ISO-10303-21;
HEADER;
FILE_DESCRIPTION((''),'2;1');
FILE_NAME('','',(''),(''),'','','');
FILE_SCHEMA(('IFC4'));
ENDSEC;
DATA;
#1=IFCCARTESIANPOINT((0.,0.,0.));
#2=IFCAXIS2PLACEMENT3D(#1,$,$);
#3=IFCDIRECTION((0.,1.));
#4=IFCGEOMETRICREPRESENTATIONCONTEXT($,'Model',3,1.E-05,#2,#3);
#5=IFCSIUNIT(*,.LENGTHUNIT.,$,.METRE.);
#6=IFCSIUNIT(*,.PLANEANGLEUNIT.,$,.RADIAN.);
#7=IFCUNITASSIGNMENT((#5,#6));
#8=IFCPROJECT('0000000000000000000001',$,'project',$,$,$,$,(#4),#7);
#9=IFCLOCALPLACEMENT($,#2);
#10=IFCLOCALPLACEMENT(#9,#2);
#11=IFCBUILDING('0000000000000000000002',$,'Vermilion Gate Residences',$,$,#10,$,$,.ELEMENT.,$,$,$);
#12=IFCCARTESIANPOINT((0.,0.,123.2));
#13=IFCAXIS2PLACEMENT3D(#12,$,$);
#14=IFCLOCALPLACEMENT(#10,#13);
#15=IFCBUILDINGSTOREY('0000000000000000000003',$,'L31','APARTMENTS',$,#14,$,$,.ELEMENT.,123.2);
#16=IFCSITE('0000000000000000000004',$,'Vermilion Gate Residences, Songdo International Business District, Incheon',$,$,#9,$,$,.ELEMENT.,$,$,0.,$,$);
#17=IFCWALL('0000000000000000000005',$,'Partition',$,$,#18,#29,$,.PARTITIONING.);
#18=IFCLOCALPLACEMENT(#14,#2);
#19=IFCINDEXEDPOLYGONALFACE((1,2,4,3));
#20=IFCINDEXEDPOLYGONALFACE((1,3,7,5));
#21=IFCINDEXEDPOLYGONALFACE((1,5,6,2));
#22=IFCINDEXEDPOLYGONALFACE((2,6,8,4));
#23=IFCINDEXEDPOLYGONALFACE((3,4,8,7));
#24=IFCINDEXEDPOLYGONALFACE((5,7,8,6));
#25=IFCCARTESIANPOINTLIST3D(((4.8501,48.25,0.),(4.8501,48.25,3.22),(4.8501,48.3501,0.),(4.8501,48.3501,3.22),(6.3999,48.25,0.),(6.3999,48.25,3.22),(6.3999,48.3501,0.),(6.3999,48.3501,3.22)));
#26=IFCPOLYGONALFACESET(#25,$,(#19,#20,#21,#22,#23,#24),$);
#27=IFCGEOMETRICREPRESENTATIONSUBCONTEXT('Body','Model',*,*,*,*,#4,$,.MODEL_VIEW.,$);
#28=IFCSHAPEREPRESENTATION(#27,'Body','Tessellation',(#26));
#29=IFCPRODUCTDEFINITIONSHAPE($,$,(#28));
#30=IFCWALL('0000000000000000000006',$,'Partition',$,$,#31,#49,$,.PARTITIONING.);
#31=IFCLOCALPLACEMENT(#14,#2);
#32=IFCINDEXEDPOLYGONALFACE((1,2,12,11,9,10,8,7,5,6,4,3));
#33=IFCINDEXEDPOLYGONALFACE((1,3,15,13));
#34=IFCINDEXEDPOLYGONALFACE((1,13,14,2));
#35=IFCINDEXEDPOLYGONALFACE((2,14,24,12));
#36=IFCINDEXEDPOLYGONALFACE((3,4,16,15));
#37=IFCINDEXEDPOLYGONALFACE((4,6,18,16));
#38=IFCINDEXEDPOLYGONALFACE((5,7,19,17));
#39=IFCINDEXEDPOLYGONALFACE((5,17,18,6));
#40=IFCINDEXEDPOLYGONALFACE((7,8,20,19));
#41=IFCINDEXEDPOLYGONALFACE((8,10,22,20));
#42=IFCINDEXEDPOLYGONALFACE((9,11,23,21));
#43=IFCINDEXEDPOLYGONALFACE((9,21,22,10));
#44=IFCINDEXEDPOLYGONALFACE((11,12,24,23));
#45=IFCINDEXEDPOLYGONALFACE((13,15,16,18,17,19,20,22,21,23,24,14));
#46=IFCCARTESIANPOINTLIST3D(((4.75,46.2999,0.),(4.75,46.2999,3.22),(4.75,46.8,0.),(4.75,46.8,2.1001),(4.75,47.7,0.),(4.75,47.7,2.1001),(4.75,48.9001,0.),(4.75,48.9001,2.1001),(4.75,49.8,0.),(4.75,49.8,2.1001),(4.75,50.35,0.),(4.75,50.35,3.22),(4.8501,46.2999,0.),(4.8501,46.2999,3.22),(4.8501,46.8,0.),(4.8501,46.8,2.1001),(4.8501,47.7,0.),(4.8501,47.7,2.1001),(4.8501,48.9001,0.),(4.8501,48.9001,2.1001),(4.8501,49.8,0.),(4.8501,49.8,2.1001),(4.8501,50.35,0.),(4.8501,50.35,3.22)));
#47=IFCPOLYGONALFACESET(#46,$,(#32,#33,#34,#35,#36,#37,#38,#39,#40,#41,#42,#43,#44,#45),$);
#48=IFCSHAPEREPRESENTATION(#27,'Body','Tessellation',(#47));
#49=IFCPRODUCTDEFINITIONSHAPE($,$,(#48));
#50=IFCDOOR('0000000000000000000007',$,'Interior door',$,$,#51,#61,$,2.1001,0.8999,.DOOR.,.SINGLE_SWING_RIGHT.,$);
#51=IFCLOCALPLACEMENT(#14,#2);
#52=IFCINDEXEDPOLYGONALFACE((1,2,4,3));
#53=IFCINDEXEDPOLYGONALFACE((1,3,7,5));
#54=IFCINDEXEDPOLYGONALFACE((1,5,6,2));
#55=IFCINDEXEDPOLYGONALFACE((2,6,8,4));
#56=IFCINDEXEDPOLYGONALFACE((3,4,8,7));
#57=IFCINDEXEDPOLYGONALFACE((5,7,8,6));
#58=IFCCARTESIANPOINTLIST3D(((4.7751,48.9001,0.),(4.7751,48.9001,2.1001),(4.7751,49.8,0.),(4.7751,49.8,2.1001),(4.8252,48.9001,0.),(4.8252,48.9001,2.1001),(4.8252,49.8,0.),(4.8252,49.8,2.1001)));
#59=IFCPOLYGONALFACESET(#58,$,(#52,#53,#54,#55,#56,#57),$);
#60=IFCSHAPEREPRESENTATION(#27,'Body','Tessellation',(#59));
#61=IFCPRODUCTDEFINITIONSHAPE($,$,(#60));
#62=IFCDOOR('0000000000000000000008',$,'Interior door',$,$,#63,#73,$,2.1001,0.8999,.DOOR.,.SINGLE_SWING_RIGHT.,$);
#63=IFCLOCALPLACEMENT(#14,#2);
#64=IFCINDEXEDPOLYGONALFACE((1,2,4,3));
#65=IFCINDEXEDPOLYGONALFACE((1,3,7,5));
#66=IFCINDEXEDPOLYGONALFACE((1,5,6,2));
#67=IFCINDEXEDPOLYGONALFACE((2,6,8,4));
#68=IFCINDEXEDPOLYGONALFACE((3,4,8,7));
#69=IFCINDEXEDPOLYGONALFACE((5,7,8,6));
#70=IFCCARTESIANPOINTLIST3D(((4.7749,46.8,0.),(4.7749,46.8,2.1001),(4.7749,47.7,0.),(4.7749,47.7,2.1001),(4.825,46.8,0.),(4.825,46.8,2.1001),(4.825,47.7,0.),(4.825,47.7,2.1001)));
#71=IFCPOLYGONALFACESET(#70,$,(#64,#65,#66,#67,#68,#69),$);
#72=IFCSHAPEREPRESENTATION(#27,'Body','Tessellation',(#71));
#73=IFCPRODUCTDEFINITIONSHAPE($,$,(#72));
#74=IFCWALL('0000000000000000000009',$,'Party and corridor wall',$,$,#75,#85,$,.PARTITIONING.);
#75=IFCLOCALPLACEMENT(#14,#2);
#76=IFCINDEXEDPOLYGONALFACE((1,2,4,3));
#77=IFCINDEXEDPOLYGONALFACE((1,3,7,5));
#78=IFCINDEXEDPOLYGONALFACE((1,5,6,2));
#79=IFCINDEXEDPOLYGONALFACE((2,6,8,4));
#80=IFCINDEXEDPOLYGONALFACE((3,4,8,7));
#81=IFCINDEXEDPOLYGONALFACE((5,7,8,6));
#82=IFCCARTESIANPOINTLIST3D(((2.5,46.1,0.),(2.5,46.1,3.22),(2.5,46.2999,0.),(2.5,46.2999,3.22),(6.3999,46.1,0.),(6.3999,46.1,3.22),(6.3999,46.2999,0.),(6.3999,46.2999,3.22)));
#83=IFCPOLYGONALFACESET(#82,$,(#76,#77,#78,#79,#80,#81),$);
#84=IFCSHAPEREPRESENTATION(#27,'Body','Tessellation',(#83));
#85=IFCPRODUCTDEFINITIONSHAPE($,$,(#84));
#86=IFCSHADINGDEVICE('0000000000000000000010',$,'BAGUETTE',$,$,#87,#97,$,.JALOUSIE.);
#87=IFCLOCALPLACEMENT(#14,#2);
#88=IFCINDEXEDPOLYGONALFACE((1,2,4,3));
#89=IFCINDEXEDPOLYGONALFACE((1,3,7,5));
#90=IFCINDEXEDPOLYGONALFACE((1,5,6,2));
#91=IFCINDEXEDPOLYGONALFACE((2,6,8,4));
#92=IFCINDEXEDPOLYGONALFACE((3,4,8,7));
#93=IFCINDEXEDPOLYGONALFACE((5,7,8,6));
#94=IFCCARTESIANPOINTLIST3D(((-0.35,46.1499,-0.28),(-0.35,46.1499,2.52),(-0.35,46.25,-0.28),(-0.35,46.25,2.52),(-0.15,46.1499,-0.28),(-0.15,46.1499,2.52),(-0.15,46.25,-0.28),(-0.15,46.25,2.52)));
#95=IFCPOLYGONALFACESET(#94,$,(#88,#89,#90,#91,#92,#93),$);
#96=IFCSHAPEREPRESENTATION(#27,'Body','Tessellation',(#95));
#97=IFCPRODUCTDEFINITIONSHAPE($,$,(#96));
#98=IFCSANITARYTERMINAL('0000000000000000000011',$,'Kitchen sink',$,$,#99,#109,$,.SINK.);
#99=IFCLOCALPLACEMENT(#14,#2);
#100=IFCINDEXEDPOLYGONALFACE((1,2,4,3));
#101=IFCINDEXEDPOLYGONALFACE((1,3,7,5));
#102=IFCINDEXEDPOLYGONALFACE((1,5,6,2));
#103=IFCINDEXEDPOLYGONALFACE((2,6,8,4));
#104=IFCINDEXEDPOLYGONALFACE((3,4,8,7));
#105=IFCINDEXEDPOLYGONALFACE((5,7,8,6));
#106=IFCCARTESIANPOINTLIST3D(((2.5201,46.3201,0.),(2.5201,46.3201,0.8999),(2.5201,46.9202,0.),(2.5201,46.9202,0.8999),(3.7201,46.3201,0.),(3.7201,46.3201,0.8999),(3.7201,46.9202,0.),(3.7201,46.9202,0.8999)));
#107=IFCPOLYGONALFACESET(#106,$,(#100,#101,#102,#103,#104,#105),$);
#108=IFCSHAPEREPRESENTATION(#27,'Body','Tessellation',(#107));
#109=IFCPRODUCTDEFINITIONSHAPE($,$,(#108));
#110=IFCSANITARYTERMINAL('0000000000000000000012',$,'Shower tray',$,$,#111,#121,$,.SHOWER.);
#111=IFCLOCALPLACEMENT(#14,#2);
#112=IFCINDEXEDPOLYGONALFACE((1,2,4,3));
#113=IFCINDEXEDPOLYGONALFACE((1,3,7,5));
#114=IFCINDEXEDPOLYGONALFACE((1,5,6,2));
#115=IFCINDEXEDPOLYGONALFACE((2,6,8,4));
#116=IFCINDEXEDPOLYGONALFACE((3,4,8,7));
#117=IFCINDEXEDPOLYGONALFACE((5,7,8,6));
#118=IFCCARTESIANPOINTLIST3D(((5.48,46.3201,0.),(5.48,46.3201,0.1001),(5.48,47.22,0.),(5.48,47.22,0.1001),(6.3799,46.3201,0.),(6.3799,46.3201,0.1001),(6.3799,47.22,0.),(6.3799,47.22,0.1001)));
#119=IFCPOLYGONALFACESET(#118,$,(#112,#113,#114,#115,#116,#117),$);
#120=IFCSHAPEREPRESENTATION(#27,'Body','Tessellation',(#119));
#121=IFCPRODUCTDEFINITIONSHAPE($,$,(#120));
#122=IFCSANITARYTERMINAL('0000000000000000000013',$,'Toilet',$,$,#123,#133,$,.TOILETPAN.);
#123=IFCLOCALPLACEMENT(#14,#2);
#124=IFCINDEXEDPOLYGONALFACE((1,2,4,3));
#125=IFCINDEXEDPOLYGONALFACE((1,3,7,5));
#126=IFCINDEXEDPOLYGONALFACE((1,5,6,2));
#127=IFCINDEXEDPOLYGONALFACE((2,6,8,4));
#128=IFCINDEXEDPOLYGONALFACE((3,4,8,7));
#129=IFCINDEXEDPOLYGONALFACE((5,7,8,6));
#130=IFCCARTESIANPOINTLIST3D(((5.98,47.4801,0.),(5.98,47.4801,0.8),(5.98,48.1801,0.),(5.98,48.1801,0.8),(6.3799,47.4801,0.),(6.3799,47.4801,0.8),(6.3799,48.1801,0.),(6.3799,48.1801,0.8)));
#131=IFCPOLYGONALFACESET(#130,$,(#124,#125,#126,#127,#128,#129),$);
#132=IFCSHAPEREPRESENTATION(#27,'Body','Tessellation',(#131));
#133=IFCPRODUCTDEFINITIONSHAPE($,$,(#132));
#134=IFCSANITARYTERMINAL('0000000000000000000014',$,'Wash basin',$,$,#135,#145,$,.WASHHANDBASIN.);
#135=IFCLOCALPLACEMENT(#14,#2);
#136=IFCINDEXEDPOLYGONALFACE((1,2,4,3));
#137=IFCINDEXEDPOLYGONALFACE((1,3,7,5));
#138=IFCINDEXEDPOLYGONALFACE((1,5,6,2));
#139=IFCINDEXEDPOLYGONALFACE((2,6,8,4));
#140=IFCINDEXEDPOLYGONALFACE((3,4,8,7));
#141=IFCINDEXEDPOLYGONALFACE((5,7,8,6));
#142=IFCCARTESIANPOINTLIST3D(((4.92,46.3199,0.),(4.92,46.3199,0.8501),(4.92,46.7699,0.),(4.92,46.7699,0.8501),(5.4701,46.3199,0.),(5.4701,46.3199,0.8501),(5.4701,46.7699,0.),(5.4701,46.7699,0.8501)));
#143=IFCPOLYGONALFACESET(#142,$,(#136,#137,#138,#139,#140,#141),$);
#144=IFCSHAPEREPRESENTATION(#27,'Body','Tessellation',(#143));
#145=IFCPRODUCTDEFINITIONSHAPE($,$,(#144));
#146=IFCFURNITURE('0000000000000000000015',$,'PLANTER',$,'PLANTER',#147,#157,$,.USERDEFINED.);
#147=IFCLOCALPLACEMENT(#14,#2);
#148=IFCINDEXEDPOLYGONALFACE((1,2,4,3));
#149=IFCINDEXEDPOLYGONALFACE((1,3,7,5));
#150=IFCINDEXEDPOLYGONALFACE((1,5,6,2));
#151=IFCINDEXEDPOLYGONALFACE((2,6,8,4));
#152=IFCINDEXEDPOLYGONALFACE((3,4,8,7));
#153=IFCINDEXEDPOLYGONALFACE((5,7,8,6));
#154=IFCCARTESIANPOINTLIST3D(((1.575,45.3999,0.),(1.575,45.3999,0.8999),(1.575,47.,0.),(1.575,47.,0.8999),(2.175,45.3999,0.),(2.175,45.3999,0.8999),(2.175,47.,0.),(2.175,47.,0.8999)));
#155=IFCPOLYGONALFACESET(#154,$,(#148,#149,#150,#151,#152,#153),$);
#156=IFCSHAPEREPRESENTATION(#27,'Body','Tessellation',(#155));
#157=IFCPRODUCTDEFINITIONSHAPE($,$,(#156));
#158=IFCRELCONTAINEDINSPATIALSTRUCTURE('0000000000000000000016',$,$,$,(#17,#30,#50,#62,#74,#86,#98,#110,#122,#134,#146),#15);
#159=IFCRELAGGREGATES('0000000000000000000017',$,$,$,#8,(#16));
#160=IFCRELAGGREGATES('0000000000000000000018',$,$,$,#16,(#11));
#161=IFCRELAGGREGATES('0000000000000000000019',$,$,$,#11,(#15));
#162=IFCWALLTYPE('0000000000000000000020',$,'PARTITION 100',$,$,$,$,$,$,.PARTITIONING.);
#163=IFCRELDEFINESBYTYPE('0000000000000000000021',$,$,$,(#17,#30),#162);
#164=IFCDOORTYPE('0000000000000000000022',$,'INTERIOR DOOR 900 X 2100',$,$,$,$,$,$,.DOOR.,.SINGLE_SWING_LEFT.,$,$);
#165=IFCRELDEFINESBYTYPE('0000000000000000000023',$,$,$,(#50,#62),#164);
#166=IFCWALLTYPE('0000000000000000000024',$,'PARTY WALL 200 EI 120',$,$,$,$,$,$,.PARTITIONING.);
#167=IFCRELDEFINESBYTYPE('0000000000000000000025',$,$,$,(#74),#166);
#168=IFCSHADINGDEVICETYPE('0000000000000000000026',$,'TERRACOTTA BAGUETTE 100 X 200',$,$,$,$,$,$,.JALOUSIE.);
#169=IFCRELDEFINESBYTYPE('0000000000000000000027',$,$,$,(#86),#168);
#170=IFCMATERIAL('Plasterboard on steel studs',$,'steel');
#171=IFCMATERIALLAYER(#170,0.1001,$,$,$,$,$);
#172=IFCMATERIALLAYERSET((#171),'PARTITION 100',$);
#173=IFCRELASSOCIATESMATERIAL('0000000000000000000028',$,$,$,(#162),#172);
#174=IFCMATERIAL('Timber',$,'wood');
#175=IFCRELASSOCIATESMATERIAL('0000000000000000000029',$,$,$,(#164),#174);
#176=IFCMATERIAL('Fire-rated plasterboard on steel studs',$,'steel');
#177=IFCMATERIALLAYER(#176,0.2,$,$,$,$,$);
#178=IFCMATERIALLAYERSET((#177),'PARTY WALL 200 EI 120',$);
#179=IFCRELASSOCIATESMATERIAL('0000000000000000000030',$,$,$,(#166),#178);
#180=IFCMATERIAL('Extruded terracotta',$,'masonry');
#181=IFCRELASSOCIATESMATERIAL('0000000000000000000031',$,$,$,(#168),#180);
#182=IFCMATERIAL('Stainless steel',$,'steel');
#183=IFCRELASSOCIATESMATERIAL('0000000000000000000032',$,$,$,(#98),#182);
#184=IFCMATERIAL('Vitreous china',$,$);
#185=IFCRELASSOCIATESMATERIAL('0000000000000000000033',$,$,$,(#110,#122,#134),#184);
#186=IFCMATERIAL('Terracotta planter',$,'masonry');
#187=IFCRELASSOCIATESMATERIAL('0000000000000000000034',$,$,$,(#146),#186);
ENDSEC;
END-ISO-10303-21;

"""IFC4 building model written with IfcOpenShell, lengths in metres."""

from ifc_helpers import new_model, si_unit, direction, frame, frame_2d, origin, origin_2d, place, context, subcontext, project, spatial, rectangle, extrude, material, layer, layer_set, material_profile, profile_set, type_object, element, fill, save


model = new_model("IFC4")

# Units and contexts
model_context = context("Model", 3, precision=1e-05, world=origin(), true_north=direction((0.0, 1.0)))
body_context = subcontext(model_context, "Body", "Model", "MODEL_VIEW")
ifc_project = project(units=[si_unit("LENGTHUNIT", "METRE"), si_unit("PLANEANGLEUNIT", "RADIAN")], contexts=[model_context])

# Site, building, storey
site_placement = place(None, origin())
site = spatial("IfcSite", under=ifc_project, at=site_placement, Name="Vermilion Gate Residences, Songdo International Business District, Incheon", CompositionType="ELEMENT", RefElevation=0.0)
building_placement = place(site_placement, origin())
building = spatial("IfcBuilding", under=site, at=building_placement, Name="Vermilion Gate Residences", CompositionType="ELEMENT")
storey_placement = place(building_placement, frame((0.0, 0.0, 123.2)))
storey = spatial("IfcBuildingStorey", under=building, at=storey_placement, Name="L31", Description="APARTMENTS", CompositionType="ELEMENT", Elevation=123.2)

# Wall
ifc_material_1 = material(Name="Plasterboard on steel studs", Category="steel")
ifc_layer_1 = layer(ifc_material_1, 0.1001)
ifc_layer_set_1 = layer_set([ifc_layer_1], Name="PARTITION 100")
wall_type_1 = type_object("IfcWallType", Name="PARTITION 100", PredefinedType="PARTITIONING", material=ifc_layer_set_1)
wall_1_placement = place(storey_placement, frame((4.8501, 48.3, 0.0), z_axis=(0.0, 0.0, 1.0), x_axis=(1.0, 0.0, 0.0)))
element("IfcWall", 1, at=wall_1_placement, inside=storey, type_object=wall_type_1, Name="Partition", PredefinedType="PARTITIONING", context=body_context, shape_type="SweptSolid", body=[
    extrude(rectangle(XDim=1.5498, YDim=0.1001, at=frame_2d((0.7749, 0.0))), origin(), (0.0, 0.0, 1.0), 3.22),
])

# Wall, openings, doors
wall_2_placement = place(storey_placement, frame((4.8, 46.3, 0.0), z_axis=(0.0, 0.0, 1.0), x_axis=(0.0, 1.0, 0.0)))
wall_2 = element("IfcWall", 2, at=wall_2_placement, inside=storey, type_object=wall_type_1, Name="Partition", PredefinedType="PARTITIONING", context=body_context, shape_type="SweptSolid", body=[
    extrude(rectangle(XDim=4.05, YDim=0.1001, at=frame_2d((2.0249, 0.0))), origin(), (0.0, 0.0, 1.0), 3.22),
])
opening_1_placement = place(wall_2_placement, frame((2.6001, 0.0, 0.0)))
opening_1 = element("IfcOpeningElement", 3, at=opening_1_placement, cuts=wall_2, PredefinedType="OPENING", context=body_context, shape_type="SweptSolid", body=[
    extrude(rectangle(XDim=0.8999, YDim=2.1001, at=frame_2d((0.45, 1.05))), frame((0.0, 0.0601, 0.0), z_axis=(0.0, -1.0, 0.0), x_axis=(1.0, 0.0, 0.0)), (0.0, 0.0, 1.0), 0.1201),
])
opening_2_placement = place(wall_2_placement, frame((0.5, 0.0, 0.0)))
opening_2 = element("IfcOpeningElement", 4, at=opening_2_placement, cuts=wall_2, PredefinedType="OPENING", context=body_context, shape_type="SweptSolid", body=[
    extrude(rectangle(XDim=0.8999, YDim=2.1001, at=frame_2d((0.45, 1.05))), frame((0.0, 0.0601, 0.0), z_axis=(0.0, -1.0, 0.0), x_axis=(1.0, 0.0, 0.0)), (0.0, 0.0, 1.0), 0.1201),
])
ifc_material_2 = material(Name="Timber", Category="wood")
door_type = type_object("IfcDoorType", Name="INTERIOR DOOR 900 X 2100", OperationType="SINGLE_SWING_LEFT", PredefinedType="DOOR", material=ifc_material_2)
door_1_placement = place(opening_1_placement, origin())
door_1 = element("IfcDoor", 5, at=door_1_placement, inside=storey, type_object=door_type, Name="Interior door", OperationType="SINGLE_SWING_RIGHT", OverallHeight=2.1001, OverallWidth=0.8999, PredefinedType="DOOR", context=body_context, shape_type="SweptSolid", body=[
    extrude(rectangle(XDim=0.8999, YDim=2.1001, at=frame_2d((0.45, 1.05))), frame((0.0, 0.0249, 0.0), z_axis=(0.0, -1.0, 0.0), x_axis=(1.0, 0.0, 0.0)), (0.0, 0.0, 1.0), 0.05),
])
fill(opening_1, door_1)
door_2_placement = place(opening_2_placement, frame((0.8999, 0.0, 0.0), z_axis=(0.0, 0.0, 1.0), x_axis=(-1.0, 0.0, 0.0)))
door_2 = element("IfcDoor", 6, at=door_2_placement, inside=storey, type_object=door_type, Name="Interior door", OperationType="SINGLE_SWING_RIGHT", OverallHeight=2.1001, OverallWidth=0.8999, PredefinedType="DOOR", context=body_context, shape_type="SweptSolid", body=[
    extrude(rectangle(XDim=0.8999, YDim=2.1001, at=frame_2d((0.45, 1.05))), frame((0.0, 0.0249, 0.0), z_axis=(0.0, -1.0, 0.0), x_axis=(1.0, 0.0, 0.0)), (0.0, 0.0, 1.0), 0.05),
])
fill(opening_2, door_2)

# Wall
ifc_material_3 = material(Name="Fire-rated plasterboard on steel studs", Category="steel")
ifc_layer_2 = layer(ifc_material_3, 0.2)
ifc_layer_set_2 = layer_set([ifc_layer_2], Name="PARTY WALL 200 EI 120")
wall_type_2 = type_object("IfcWallType", Name="PARTY WALL 200 EI 120", PredefinedType="PARTITIONING", material=ifc_layer_set_2)
wall_3_placement = place(storey_placement, frame((2.5, 46.2, 0.0), z_axis=(0.0, 0.0, 1.0), x_axis=(1.0, 0.0, 0.0)))
element("IfcWall", 7, at=wall_3_placement, inside=storey, type_object=wall_type_2, Name="Party and corridor wall", PredefinedType="PARTITIONING", context=body_context, shape_type="SweptSolid", body=[
    extrude(rectangle(XDim=3.8999, YDim=0.2, at=frame_2d((1.95, 0.0))), origin(), (0.0, 0.0, 1.0), 3.22),
])

# Shading device
ifc_material_4 = material(Name="Extruded terracotta", Category="masonry")
ifc_material_profile = material_profile(ifc_material_4, rectangle(XDim=0.2, YDim=0.1001, at=origin_2d()), Name="BAGUETTE 100 X 200")
ifc_profile_set = profile_set([ifc_material_profile], Name="Extruded terracotta")
shading_device_type = type_object("IfcShadingDeviceType", Name="TERRACOTTA BAGUETTE 100 X 200", PredefinedType="JALOUSIE", material=ifc_profile_set)
shading_device_placement = place(storey_placement, frame((-0.25, 46.2, -0.28), z_axis=(0.0, 0.0, 1.0), x_axis=(1.0, 0.0, 0.0)))
element("IfcShadingDevice", 8, at=shading_device_placement, inside=storey, type_object=shading_device_type, Name="BAGUETTE", PredefinedType="JALOUSIE", context=body_context, shape_type="SweptSolid", body=[
    extrude(rectangle(XDim=0.2, YDim=0.1001, at=origin_2d()), origin(), (0.0, 0.0, 1.0), 2.8),
])

# Sanitary terminals
ifc_material_5 = material(Name="Stainless steel", Category="steel")
sanitary_terminal_1_placement = place(storey_placement, frame((3.1201, 46.6201, 0.0), z_axis=(0.0, 0.0, 1.0), x_axis=(1.0, 0.0, 0.0)))
element("IfcSanitaryTerminal", 9, at=sanitary_terminal_1_placement, inside=storey, material=ifc_material_5, Name="Kitchen sink", PredefinedType="SINK", context=body_context, shape_type="SweptSolid", body=[
    extrude(rectangle(XDim=1.2, YDim=0.6001, at=origin_2d()), origin(), (0.0, 0.0, 1.0), 0.8999),
])
ifc_material_6 = material(Name="Vitreous china")
sanitary_terminal_2_placement = place(storey_placement, frame((5.9299, 46.77, 0.0), z_axis=(0.0, 0.0, 1.0), x_axis=(1.0, 0.0, 0.0)))
element("IfcSanitaryTerminal", 10, at=sanitary_terminal_2_placement, inside=storey, material=ifc_material_6, Name="Shower tray", PredefinedType="SHOWER", context=body_context, shape_type="SweptSolid", body=[
    extrude(rectangle(XDim=0.8999, YDim=0.8999, at=origin_2d()), origin(), (0.0, 0.0, 1.0), 0.1001),
])
sanitary_terminal_3_placement = place(storey_placement, frame((6.1799, 47.8301, 0.0), z_axis=(0.0, 0.0, 1.0), x_axis=(1.0, 0.0, 0.0)))
element("IfcSanitaryTerminal", 11, at=sanitary_terminal_3_placement, inside=storey, material=ifc_material_6, Name="Toilet", PredefinedType="TOILETPAN", context=body_context, shape_type="SweptSolid", body=[
    extrude(rectangle(XDim=0.3999, YDim=0.7, at=origin_2d()), origin(), (0.0, 0.0, 1.0), 0.8),
])
sanitary_terminal_4_placement = place(storey_placement, frame((5.1951, 46.5449, 0.0), z_axis=(0.0, 0.0, 1.0), x_axis=(1.0, 0.0, 0.0)))
element("IfcSanitaryTerminal", 12, at=sanitary_terminal_4_placement, inside=storey, material=ifc_material_6, Name="Wash basin", PredefinedType="WASHHANDBASIN", context=body_context, shape_type="SweptSolid", body=[
    extrude(rectangle(XDim=0.55, YDim=0.45, at=origin_2d()), origin(), (0.0, 0.0, 1.0), 0.8501),
])

# Furniture
ifc_material_7 = material(Name="Terracotta planter", Category="masonry")
furniture_placement = place(storey_placement, frame((1.875, 46.2, 0.0), z_axis=(0.0, 0.0, 1.0), x_axis=(0.0, -1.0, 0.0)))
element("IfcFurniture", 13, at=furniture_placement, inside=storey, material=ifc_material_7, Name="PLANTER", ObjectType="PLANTER", PredefinedType="USERDEFINED", context=body_context, shape_type="SweptSolid", body=[
    extrude(rectangle(XDim=1.6001, YDim=0.6001, at=origin_2d()), origin(), (0.0, 0.0, 1.0), 0.8999),
])

save(model, "model.ifc")
